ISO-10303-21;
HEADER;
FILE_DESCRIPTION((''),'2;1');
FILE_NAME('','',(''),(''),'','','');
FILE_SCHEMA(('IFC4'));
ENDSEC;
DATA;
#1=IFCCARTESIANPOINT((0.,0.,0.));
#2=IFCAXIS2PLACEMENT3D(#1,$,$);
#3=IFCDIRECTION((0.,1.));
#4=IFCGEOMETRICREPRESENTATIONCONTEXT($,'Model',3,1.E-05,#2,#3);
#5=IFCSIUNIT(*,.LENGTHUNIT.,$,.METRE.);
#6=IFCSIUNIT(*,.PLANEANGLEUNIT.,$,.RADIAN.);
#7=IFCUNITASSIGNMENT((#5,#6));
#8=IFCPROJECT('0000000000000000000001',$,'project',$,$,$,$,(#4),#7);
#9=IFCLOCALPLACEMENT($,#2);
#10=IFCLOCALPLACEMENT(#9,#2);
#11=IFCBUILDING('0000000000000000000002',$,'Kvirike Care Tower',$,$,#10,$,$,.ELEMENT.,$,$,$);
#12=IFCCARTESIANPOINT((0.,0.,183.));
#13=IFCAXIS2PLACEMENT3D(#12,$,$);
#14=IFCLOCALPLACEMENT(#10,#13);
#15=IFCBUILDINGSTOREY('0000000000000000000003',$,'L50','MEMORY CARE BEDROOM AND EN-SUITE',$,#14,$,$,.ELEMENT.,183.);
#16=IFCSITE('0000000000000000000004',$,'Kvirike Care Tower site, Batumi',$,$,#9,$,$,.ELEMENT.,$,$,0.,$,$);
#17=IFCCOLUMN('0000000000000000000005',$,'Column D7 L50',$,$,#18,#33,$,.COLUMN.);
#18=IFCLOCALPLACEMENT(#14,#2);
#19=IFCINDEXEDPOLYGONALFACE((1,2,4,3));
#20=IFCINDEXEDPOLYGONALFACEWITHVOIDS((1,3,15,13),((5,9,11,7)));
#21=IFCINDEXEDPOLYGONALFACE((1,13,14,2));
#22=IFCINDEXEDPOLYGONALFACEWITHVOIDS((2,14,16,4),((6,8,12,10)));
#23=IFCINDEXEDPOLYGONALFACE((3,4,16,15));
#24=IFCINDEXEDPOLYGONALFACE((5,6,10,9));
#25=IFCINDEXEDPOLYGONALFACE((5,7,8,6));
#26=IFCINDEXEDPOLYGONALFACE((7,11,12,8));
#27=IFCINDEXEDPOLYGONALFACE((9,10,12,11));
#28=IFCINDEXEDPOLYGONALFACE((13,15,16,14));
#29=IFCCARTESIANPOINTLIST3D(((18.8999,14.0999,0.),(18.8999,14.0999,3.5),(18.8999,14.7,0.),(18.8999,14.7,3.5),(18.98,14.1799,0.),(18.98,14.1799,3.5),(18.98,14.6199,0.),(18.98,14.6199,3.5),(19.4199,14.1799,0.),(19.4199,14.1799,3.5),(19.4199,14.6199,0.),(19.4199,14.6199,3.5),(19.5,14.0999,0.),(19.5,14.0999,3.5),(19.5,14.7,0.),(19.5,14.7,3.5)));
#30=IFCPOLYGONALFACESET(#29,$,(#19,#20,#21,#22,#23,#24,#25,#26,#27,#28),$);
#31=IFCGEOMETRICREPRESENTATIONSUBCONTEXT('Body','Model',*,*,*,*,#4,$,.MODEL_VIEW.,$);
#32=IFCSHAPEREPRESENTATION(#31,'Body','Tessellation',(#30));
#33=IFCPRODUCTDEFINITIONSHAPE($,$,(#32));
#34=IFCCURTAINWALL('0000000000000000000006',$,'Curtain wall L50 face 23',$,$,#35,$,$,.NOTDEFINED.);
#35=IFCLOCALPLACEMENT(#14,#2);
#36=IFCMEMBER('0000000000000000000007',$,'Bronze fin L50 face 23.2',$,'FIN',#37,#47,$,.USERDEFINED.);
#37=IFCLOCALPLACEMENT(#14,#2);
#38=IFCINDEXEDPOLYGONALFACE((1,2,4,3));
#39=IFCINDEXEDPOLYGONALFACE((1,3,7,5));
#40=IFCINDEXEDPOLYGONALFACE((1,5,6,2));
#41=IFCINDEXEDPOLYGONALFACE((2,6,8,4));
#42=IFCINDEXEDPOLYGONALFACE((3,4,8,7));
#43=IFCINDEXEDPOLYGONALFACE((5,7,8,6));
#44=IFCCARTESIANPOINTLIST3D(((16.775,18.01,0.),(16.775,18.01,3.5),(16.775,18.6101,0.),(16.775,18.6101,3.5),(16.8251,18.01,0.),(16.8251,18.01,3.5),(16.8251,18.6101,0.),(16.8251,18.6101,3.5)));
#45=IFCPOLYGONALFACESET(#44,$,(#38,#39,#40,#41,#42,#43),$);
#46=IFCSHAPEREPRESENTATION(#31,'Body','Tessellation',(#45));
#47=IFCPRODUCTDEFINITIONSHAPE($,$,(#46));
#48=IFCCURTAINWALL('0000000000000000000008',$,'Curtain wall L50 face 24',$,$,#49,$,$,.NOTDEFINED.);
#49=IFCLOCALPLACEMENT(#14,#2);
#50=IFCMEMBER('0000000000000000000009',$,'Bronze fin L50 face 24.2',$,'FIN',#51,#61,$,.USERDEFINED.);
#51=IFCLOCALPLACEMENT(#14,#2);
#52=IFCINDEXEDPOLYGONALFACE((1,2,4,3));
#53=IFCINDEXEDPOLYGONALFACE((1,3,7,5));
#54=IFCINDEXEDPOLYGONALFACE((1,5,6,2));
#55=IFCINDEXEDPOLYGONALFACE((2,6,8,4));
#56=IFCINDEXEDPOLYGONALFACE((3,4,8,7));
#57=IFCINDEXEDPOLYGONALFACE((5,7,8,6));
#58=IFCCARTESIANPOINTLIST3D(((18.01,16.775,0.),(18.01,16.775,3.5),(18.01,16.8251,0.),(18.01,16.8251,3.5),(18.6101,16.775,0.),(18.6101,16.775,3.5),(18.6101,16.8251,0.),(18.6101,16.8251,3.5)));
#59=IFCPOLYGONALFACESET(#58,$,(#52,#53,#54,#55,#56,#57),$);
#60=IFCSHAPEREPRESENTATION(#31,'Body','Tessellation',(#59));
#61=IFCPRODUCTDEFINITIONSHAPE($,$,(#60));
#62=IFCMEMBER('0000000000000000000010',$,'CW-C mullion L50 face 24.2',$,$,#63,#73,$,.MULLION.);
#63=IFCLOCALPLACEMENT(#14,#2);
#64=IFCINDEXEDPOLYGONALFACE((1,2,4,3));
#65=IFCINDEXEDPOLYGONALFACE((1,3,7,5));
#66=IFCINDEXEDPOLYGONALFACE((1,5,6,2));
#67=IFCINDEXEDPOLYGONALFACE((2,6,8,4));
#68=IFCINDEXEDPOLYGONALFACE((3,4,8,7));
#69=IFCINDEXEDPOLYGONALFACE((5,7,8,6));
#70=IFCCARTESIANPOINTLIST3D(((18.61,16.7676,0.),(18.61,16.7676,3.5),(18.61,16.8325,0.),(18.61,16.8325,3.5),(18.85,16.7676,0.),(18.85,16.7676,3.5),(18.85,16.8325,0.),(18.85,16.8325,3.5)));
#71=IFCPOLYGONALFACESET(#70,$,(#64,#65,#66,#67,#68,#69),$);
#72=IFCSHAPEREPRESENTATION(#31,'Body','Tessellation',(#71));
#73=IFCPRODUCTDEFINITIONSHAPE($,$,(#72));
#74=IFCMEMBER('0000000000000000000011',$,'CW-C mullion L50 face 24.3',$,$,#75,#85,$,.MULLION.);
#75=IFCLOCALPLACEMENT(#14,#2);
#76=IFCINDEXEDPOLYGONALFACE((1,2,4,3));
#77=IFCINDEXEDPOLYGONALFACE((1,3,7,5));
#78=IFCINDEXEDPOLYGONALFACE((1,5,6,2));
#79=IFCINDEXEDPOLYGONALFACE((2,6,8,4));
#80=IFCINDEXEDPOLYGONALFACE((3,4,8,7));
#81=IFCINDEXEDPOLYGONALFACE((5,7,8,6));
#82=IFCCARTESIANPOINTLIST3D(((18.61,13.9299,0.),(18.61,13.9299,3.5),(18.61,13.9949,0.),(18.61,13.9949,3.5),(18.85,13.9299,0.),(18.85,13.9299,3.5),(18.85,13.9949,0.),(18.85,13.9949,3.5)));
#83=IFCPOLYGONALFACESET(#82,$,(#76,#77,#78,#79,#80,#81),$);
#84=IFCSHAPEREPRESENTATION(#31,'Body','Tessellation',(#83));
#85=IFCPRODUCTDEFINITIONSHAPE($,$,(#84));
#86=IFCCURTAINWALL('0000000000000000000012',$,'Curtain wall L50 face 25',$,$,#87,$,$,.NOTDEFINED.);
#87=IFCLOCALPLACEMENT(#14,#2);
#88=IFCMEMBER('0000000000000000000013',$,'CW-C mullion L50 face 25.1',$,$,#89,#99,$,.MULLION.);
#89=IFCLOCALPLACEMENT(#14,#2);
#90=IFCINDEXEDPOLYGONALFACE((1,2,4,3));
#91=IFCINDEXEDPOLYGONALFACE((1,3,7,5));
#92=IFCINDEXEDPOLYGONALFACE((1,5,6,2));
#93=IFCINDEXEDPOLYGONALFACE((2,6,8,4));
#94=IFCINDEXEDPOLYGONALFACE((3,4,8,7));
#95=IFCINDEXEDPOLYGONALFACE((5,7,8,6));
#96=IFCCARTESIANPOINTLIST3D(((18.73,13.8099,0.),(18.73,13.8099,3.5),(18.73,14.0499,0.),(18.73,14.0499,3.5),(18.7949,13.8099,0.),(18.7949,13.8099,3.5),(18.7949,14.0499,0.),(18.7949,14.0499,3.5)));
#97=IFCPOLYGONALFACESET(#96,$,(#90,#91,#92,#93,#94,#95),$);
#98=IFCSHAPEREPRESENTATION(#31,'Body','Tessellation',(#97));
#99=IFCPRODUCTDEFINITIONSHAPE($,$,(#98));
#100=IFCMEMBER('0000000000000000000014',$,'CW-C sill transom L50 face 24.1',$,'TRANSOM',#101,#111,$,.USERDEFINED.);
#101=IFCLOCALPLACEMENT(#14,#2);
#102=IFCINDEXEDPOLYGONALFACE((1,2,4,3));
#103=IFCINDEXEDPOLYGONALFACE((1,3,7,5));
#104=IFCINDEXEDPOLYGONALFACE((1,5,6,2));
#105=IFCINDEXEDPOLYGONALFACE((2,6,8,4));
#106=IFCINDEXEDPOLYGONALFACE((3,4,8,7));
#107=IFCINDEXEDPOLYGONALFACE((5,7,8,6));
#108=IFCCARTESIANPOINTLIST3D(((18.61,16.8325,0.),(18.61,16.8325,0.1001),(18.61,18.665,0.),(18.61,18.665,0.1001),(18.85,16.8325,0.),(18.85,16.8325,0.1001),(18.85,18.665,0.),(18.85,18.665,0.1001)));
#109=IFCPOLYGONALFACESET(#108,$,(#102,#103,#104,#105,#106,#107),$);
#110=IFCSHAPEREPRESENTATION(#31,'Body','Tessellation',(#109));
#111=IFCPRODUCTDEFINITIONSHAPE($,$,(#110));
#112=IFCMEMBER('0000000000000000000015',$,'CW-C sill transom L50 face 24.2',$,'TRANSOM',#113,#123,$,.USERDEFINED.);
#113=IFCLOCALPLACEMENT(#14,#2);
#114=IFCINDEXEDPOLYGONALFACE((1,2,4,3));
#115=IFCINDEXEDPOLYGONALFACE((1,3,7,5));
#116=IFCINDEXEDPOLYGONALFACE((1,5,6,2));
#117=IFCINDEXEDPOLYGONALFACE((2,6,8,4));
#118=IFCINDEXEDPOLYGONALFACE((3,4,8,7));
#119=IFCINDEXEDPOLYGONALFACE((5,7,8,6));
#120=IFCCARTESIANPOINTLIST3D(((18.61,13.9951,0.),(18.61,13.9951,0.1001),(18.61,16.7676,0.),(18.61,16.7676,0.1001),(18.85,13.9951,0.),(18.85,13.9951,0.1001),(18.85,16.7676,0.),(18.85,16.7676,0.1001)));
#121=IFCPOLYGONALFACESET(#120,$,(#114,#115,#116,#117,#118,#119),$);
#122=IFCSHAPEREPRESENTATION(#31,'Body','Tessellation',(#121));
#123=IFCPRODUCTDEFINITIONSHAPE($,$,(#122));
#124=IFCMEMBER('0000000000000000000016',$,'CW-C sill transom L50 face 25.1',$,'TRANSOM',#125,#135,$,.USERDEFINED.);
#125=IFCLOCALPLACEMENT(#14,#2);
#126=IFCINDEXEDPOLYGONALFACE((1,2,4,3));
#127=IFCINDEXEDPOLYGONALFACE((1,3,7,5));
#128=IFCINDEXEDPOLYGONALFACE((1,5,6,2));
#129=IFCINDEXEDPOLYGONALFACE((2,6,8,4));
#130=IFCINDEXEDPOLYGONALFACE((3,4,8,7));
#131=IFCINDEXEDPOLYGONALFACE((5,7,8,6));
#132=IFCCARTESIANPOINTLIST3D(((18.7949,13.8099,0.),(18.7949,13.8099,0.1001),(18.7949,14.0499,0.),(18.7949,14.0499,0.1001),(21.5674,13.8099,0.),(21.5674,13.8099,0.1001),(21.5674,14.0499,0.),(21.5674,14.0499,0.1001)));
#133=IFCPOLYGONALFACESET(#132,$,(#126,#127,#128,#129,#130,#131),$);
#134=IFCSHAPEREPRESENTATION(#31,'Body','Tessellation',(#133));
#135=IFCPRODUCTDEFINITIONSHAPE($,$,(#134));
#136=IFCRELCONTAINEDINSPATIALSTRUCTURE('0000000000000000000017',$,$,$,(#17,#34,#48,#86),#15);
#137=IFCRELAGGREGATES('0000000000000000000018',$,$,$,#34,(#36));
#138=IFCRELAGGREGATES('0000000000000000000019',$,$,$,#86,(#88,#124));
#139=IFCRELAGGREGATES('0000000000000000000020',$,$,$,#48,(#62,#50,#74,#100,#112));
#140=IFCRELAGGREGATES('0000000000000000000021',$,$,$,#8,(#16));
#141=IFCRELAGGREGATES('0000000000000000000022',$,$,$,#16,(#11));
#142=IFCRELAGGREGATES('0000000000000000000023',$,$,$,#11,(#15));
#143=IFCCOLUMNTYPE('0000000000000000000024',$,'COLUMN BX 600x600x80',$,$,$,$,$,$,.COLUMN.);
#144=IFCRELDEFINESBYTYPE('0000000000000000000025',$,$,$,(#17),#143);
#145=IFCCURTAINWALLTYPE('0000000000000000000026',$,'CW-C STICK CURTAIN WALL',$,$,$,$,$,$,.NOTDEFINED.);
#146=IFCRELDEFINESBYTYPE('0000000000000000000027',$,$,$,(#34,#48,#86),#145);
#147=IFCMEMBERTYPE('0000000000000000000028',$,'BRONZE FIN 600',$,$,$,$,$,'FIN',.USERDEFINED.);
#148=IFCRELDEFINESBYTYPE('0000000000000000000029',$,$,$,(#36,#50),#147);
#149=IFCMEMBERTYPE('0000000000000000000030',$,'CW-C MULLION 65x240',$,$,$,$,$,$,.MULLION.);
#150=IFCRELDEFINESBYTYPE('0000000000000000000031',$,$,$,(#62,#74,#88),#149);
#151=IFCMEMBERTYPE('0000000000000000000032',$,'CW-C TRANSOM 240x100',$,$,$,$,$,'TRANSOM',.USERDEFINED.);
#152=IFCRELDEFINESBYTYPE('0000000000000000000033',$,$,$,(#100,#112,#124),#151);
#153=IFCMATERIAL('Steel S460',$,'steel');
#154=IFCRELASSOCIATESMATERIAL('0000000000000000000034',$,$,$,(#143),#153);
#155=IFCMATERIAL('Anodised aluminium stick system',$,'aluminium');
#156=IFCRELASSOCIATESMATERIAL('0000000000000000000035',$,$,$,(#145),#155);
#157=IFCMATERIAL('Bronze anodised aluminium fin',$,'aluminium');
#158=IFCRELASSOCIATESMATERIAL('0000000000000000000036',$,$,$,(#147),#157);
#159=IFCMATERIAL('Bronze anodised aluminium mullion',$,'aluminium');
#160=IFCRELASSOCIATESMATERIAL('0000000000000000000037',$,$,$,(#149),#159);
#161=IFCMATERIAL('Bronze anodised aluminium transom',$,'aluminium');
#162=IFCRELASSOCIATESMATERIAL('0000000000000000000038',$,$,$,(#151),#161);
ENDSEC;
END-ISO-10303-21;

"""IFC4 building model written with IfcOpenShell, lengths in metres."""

from ifc_helpers import new_model, si_unit, direction, frame, origin, origin_2d, place, context, subcontext, project, spatial, rectangle, hollow_rectangle, extrude, material, material_profile, profile_set, type_object, element, aggregate, save


model = new_model("IFC4")

# Units and contexts
model_context = context("Model", 3, precision=1e-05, world=origin(), true_north=direction((0.0, 1.0)))
body_context = subcontext(model_context, "Body", "Model", "MODEL_VIEW")
ifc_project = project(units=[si_unit("LENGTHUNIT", "METRE"), si_unit("PLANEANGLEUNIT", "RADIAN")], contexts=[model_context])

# Site, building, storey
site_placement = place(None, origin())
site = spatial("IfcSite", under=ifc_project, at=site_placement, Name="Kvirike Care Tower site, Batumi", CompositionType="ELEMENT", RefElevation=0.0)
building_placement = place(site_placement, origin())
building = spatial("IfcBuilding", under=site, at=building_placement, Name="Kvirike Care Tower", CompositionType="ELEMENT")
storey_placement = place(building_placement, frame((0.0, 0.0, 183.0)))
storey = spatial("IfcBuildingStorey", under=building, at=storey_placement, Name="L50", Description="MEMORY CARE BEDROOM AND EN-SUITE", CompositionType="ELEMENT", Elevation=183.0)

# Column
ifc_material_1 = material(Name="Steel S460", Category="steel")
ifc_material_profile_1 = material_profile(ifc_material_1, hollow_rectangle(XDim=0.6001, YDim=0.6001, WallThickness=0.0801, at=origin_2d()), Name="BX 600x600x80")
ifc_profile_set_1 = profile_set([ifc_material_profile_1], Name="Steel S460")
column_type = type_object("IfcColumnType", Name="COLUMN BX 600x600x80", PredefinedType="COLUMN", material=ifc_profile_set_1)
column_placement = place(storey_placement, frame((19.2, 14.3999, 0.0), z_axis=(0.0, 0.0, 1.0), x_axis=(0.0, 1.0, 0.0)))
element("IfcColumn", 1, at=column_placement, inside=storey, type_object=column_type, Name="Column D7 L50", PredefinedType="COLUMN", context=body_context, shape_type="SweptSolid", body=[
    extrude(hollow_rectangle(XDim=0.6001, YDim=0.6001, WallThickness=0.0801, at=origin_2d()), origin(), (0.0, 0.0, 1.0), 3.5),
])

# Curtain wall, member
ifc_material_2 = material(Name="Anodised aluminium stick system", Category="aluminium")
curtain_wall_type = type_object("IfcCurtainWallType", Name="CW-C STICK CURTAIN WALL", PredefinedType="NOTDEFINED", material=ifc_material_2)
curtain_wall_1_placement = place(storey_placement, origin())
curtain_wall_1 = element("IfcCurtainWall", 2, at=curtain_wall_1_placement, inside=storey, type_object=curtain_wall_type, Name="Curtain wall L50 face 23", PredefinedType="NOTDEFINED")
ifc_material_3 = material(Name="Bronze anodised aluminium fin", Category="aluminium")
ifc_material_profile_2 = material_profile(ifc_material_3, rectangle(XDim=0.05, YDim=0.6001, at=origin_2d()), Name="BRONZE FIN 600")
ifc_profile_set_2 = profile_set([ifc_material_profile_2], Name="Bronze anodised aluminium fin")
member_type_1 = type_object("IfcMemberType", Name="BRONZE FIN 600", ElementType="FIN", PredefinedType="USERDEFINED", material=ifc_profile_set_2)
member_1_placement = place(storey_placement, frame((16.8, 18.3101, 0.0), z_axis=(0.0, 0.0, 1.0), x_axis=(1.0, 0.0, 0.0)))
member_1 = element("IfcMember", 3, at=member_1_placement, type_object=member_type_1, Name="Bronze fin L50 face 23.2", ObjectType="FIN", PredefinedType="USERDEFINED", context=body_context, shape_type="SweptSolid", body=[
    extrude(rectangle(XDim=0.05, YDim=0.6001, at=origin_2d()), origin(), (0.0, 0.0, 1.0), 3.5),
])
aggregate(curtain_wall_1, [member_1])

# Curtain wall, members
curtain_wall_2_placement = place(storey_placement, origin())
curtain_wall_2 = element("IfcCurtainWall", 4, at=curtain_wall_2_placement, inside=storey, type_object=curtain_wall_type, Name="Curtain wall L50 face 24", PredefinedType="NOTDEFINED")
member_2_placement = place(storey_placement, frame((18.3101, 16.8, 0.0), z_axis=(0.0, 0.0, 1.0), x_axis=(0.0, -1.0, 0.0)))
member_2 = element("IfcMember", 5, at=member_2_placement, type_object=member_type_1, Name="Bronze fin L50 face 24.2", ObjectType="FIN", PredefinedType="USERDEFINED", context=body_context, shape_type="SweptSolid", body=[
    extrude(rectangle(XDim=0.05, YDim=0.6001, at=origin_2d()), origin(), (0.0, 0.0, 1.0), 3.5),
])
ifc_material_4 = material(Name="Bronze anodised aluminium mullion", Category="aluminium")
ifc_material_profile_3 = material_profile(ifc_material_4, rectangle(XDim=0.0649, YDim=0.24, at=origin_2d()), Name="CW-C MULLION 65x240")
ifc_profile_set_3 = profile_set([ifc_material_profile_3], Name="Bronze anodised aluminium mullion")
member_type_2 = type_object("IfcMemberType", Name="CW-C MULLION 65x240", PredefinedType="MULLION", material=ifc_profile_set_3)
member_3_placement = place(storey_placement, frame((18.73, 16.8, 0.0), z_axis=(0.0, 0.0, 1.0), x_axis=(0.0, -1.0, 0.0)))
member_3 = element("IfcMember", 6, at=member_3_placement, type_object=member_type_2, Name="CW-C mullion L50 face 24.2", PredefinedType="MULLION", context=body_context, shape_type="SweptSolid", body=[
    extrude(rectangle(XDim=0.0649, YDim=0.24, at=origin_2d()), origin(), (0.0, 0.0, 1.0), 3.5),
])
member_4_placement = place(storey_placement, frame((18.73, 13.9624, 0.0), z_axis=(0.0, 0.0, 1.0), x_axis=(0.0, -1.0, 0.0)))
member_4 = element("IfcMember", 7, at=member_4_placement, type_object=member_type_2, Name="CW-C mullion L50 face 24.3", PredefinedType="MULLION", context=body_context, shape_type="SweptSolid", body=[
    extrude(rectangle(XDim=0.0649, YDim=0.24, at=origin_2d()), origin(), (0.0, 0.0, 1.0), 3.5),
])

# Curtain wall, member
curtain_wall_3_placement = place(storey_placement, origin())
curtain_wall_3 = element("IfcCurtainWall", 8, at=curtain_wall_3_placement, inside=storey, type_object=curtain_wall_type, Name="Curtain wall L50 face 25", PredefinedType="NOTDEFINED")
member_5_placement = place(storey_placement, frame((18.7625, 13.9299, 0.0), z_axis=(0.0, 0.0, 1.0), x_axis=(1.0, 0.0, 0.0)))
member_5 = element("IfcMember", 9, at=member_5_placement, type_object=member_type_2, Name="CW-C mullion L50 face 25.1", PredefinedType="MULLION", context=body_context, shape_type="SweptSolid", body=[
    extrude(rectangle(XDim=0.0649, YDim=0.24, at=origin_2d()), origin(), (0.0, 0.0, 1.0), 3.5),
])

# Members
ifc_material_5 = material(Name="Bronze anodised aluminium transom", Category="aluminium")
ifc_material_profile_4 = material_profile(ifc_material_5, rectangle(XDim=0.24, YDim=0.1001, at=origin_2d()), Name="CW-C TRANSOM 240x100")
ifc_profile_set_4 = profile_set([ifc_material_profile_4], Name="Bronze anodised aluminium transom")
member_type_3 = type_object("IfcMemberType", Name="CW-C TRANSOM 240x100", ElementType="TRANSOM", PredefinedType="USERDEFINED", material=ifc_profile_set_4)
member_6_placement = place(storey_placement, frame((18.73, 18.665, 0.05), z_axis=(0.0, -1.0, 0.0), x_axis=(1.0, 0.0, 0.0)))
member_6 = element("IfcMember", 10, at=member_6_placement, type_object=member_type_3, Name="CW-C sill transom L50 face 24.1", ObjectType="TRANSOM", PredefinedType="USERDEFINED", context=body_context, shape_type="SweptSolid", body=[
    extrude(rectangle(XDim=0.24, YDim=0.1001, at=origin_2d()), origin(), (0.0, 0.0, 1.0), 1.8325),
])
member_7_placement = place(storey_placement, frame((18.73, 16.7676, 0.05), z_axis=(0.0, -1.0, 0.0), x_axis=(1.0, 0.0, 0.0)))
member_7 = element("IfcMember", 11, at=member_7_placement, type_object=member_type_3, Name="CW-C sill transom L50 face 24.2", ObjectType="TRANSOM", PredefinedType="USERDEFINED", context=body_context, shape_type="SweptSolid", body=[
    extrude(rectangle(XDim=0.24, YDim=0.1001, at=origin_2d()), origin(), (0.0, 0.0, 1.0), 2.7725),
])
member_8_placement = place(storey_placement, frame((18.7949, 13.9299, 0.05), z_axis=(1.0, 0.0, 0.0), x_axis=(0.0, 1.0, 0.0)))
member_8 = element("IfcMember", 12, at=member_8_placement, type_object=member_type_3, Name="CW-C sill transom L50 face 25.1", ObjectType="TRANSOM", PredefinedType="USERDEFINED", context=body_context, shape_type="SweptSolid", body=[
    extrude(rectangle(XDim=0.24, YDim=0.1001, at=origin_2d()), origin(), (0.0, 0.0, 1.0), 2.7725),
])
aggregate(curtain_wall_3, [member_5, member_8])

aggregate(curtain_wall_2, [member_3, member_2, member_4, member_6, member_7])

save(model, "model.ifc")
